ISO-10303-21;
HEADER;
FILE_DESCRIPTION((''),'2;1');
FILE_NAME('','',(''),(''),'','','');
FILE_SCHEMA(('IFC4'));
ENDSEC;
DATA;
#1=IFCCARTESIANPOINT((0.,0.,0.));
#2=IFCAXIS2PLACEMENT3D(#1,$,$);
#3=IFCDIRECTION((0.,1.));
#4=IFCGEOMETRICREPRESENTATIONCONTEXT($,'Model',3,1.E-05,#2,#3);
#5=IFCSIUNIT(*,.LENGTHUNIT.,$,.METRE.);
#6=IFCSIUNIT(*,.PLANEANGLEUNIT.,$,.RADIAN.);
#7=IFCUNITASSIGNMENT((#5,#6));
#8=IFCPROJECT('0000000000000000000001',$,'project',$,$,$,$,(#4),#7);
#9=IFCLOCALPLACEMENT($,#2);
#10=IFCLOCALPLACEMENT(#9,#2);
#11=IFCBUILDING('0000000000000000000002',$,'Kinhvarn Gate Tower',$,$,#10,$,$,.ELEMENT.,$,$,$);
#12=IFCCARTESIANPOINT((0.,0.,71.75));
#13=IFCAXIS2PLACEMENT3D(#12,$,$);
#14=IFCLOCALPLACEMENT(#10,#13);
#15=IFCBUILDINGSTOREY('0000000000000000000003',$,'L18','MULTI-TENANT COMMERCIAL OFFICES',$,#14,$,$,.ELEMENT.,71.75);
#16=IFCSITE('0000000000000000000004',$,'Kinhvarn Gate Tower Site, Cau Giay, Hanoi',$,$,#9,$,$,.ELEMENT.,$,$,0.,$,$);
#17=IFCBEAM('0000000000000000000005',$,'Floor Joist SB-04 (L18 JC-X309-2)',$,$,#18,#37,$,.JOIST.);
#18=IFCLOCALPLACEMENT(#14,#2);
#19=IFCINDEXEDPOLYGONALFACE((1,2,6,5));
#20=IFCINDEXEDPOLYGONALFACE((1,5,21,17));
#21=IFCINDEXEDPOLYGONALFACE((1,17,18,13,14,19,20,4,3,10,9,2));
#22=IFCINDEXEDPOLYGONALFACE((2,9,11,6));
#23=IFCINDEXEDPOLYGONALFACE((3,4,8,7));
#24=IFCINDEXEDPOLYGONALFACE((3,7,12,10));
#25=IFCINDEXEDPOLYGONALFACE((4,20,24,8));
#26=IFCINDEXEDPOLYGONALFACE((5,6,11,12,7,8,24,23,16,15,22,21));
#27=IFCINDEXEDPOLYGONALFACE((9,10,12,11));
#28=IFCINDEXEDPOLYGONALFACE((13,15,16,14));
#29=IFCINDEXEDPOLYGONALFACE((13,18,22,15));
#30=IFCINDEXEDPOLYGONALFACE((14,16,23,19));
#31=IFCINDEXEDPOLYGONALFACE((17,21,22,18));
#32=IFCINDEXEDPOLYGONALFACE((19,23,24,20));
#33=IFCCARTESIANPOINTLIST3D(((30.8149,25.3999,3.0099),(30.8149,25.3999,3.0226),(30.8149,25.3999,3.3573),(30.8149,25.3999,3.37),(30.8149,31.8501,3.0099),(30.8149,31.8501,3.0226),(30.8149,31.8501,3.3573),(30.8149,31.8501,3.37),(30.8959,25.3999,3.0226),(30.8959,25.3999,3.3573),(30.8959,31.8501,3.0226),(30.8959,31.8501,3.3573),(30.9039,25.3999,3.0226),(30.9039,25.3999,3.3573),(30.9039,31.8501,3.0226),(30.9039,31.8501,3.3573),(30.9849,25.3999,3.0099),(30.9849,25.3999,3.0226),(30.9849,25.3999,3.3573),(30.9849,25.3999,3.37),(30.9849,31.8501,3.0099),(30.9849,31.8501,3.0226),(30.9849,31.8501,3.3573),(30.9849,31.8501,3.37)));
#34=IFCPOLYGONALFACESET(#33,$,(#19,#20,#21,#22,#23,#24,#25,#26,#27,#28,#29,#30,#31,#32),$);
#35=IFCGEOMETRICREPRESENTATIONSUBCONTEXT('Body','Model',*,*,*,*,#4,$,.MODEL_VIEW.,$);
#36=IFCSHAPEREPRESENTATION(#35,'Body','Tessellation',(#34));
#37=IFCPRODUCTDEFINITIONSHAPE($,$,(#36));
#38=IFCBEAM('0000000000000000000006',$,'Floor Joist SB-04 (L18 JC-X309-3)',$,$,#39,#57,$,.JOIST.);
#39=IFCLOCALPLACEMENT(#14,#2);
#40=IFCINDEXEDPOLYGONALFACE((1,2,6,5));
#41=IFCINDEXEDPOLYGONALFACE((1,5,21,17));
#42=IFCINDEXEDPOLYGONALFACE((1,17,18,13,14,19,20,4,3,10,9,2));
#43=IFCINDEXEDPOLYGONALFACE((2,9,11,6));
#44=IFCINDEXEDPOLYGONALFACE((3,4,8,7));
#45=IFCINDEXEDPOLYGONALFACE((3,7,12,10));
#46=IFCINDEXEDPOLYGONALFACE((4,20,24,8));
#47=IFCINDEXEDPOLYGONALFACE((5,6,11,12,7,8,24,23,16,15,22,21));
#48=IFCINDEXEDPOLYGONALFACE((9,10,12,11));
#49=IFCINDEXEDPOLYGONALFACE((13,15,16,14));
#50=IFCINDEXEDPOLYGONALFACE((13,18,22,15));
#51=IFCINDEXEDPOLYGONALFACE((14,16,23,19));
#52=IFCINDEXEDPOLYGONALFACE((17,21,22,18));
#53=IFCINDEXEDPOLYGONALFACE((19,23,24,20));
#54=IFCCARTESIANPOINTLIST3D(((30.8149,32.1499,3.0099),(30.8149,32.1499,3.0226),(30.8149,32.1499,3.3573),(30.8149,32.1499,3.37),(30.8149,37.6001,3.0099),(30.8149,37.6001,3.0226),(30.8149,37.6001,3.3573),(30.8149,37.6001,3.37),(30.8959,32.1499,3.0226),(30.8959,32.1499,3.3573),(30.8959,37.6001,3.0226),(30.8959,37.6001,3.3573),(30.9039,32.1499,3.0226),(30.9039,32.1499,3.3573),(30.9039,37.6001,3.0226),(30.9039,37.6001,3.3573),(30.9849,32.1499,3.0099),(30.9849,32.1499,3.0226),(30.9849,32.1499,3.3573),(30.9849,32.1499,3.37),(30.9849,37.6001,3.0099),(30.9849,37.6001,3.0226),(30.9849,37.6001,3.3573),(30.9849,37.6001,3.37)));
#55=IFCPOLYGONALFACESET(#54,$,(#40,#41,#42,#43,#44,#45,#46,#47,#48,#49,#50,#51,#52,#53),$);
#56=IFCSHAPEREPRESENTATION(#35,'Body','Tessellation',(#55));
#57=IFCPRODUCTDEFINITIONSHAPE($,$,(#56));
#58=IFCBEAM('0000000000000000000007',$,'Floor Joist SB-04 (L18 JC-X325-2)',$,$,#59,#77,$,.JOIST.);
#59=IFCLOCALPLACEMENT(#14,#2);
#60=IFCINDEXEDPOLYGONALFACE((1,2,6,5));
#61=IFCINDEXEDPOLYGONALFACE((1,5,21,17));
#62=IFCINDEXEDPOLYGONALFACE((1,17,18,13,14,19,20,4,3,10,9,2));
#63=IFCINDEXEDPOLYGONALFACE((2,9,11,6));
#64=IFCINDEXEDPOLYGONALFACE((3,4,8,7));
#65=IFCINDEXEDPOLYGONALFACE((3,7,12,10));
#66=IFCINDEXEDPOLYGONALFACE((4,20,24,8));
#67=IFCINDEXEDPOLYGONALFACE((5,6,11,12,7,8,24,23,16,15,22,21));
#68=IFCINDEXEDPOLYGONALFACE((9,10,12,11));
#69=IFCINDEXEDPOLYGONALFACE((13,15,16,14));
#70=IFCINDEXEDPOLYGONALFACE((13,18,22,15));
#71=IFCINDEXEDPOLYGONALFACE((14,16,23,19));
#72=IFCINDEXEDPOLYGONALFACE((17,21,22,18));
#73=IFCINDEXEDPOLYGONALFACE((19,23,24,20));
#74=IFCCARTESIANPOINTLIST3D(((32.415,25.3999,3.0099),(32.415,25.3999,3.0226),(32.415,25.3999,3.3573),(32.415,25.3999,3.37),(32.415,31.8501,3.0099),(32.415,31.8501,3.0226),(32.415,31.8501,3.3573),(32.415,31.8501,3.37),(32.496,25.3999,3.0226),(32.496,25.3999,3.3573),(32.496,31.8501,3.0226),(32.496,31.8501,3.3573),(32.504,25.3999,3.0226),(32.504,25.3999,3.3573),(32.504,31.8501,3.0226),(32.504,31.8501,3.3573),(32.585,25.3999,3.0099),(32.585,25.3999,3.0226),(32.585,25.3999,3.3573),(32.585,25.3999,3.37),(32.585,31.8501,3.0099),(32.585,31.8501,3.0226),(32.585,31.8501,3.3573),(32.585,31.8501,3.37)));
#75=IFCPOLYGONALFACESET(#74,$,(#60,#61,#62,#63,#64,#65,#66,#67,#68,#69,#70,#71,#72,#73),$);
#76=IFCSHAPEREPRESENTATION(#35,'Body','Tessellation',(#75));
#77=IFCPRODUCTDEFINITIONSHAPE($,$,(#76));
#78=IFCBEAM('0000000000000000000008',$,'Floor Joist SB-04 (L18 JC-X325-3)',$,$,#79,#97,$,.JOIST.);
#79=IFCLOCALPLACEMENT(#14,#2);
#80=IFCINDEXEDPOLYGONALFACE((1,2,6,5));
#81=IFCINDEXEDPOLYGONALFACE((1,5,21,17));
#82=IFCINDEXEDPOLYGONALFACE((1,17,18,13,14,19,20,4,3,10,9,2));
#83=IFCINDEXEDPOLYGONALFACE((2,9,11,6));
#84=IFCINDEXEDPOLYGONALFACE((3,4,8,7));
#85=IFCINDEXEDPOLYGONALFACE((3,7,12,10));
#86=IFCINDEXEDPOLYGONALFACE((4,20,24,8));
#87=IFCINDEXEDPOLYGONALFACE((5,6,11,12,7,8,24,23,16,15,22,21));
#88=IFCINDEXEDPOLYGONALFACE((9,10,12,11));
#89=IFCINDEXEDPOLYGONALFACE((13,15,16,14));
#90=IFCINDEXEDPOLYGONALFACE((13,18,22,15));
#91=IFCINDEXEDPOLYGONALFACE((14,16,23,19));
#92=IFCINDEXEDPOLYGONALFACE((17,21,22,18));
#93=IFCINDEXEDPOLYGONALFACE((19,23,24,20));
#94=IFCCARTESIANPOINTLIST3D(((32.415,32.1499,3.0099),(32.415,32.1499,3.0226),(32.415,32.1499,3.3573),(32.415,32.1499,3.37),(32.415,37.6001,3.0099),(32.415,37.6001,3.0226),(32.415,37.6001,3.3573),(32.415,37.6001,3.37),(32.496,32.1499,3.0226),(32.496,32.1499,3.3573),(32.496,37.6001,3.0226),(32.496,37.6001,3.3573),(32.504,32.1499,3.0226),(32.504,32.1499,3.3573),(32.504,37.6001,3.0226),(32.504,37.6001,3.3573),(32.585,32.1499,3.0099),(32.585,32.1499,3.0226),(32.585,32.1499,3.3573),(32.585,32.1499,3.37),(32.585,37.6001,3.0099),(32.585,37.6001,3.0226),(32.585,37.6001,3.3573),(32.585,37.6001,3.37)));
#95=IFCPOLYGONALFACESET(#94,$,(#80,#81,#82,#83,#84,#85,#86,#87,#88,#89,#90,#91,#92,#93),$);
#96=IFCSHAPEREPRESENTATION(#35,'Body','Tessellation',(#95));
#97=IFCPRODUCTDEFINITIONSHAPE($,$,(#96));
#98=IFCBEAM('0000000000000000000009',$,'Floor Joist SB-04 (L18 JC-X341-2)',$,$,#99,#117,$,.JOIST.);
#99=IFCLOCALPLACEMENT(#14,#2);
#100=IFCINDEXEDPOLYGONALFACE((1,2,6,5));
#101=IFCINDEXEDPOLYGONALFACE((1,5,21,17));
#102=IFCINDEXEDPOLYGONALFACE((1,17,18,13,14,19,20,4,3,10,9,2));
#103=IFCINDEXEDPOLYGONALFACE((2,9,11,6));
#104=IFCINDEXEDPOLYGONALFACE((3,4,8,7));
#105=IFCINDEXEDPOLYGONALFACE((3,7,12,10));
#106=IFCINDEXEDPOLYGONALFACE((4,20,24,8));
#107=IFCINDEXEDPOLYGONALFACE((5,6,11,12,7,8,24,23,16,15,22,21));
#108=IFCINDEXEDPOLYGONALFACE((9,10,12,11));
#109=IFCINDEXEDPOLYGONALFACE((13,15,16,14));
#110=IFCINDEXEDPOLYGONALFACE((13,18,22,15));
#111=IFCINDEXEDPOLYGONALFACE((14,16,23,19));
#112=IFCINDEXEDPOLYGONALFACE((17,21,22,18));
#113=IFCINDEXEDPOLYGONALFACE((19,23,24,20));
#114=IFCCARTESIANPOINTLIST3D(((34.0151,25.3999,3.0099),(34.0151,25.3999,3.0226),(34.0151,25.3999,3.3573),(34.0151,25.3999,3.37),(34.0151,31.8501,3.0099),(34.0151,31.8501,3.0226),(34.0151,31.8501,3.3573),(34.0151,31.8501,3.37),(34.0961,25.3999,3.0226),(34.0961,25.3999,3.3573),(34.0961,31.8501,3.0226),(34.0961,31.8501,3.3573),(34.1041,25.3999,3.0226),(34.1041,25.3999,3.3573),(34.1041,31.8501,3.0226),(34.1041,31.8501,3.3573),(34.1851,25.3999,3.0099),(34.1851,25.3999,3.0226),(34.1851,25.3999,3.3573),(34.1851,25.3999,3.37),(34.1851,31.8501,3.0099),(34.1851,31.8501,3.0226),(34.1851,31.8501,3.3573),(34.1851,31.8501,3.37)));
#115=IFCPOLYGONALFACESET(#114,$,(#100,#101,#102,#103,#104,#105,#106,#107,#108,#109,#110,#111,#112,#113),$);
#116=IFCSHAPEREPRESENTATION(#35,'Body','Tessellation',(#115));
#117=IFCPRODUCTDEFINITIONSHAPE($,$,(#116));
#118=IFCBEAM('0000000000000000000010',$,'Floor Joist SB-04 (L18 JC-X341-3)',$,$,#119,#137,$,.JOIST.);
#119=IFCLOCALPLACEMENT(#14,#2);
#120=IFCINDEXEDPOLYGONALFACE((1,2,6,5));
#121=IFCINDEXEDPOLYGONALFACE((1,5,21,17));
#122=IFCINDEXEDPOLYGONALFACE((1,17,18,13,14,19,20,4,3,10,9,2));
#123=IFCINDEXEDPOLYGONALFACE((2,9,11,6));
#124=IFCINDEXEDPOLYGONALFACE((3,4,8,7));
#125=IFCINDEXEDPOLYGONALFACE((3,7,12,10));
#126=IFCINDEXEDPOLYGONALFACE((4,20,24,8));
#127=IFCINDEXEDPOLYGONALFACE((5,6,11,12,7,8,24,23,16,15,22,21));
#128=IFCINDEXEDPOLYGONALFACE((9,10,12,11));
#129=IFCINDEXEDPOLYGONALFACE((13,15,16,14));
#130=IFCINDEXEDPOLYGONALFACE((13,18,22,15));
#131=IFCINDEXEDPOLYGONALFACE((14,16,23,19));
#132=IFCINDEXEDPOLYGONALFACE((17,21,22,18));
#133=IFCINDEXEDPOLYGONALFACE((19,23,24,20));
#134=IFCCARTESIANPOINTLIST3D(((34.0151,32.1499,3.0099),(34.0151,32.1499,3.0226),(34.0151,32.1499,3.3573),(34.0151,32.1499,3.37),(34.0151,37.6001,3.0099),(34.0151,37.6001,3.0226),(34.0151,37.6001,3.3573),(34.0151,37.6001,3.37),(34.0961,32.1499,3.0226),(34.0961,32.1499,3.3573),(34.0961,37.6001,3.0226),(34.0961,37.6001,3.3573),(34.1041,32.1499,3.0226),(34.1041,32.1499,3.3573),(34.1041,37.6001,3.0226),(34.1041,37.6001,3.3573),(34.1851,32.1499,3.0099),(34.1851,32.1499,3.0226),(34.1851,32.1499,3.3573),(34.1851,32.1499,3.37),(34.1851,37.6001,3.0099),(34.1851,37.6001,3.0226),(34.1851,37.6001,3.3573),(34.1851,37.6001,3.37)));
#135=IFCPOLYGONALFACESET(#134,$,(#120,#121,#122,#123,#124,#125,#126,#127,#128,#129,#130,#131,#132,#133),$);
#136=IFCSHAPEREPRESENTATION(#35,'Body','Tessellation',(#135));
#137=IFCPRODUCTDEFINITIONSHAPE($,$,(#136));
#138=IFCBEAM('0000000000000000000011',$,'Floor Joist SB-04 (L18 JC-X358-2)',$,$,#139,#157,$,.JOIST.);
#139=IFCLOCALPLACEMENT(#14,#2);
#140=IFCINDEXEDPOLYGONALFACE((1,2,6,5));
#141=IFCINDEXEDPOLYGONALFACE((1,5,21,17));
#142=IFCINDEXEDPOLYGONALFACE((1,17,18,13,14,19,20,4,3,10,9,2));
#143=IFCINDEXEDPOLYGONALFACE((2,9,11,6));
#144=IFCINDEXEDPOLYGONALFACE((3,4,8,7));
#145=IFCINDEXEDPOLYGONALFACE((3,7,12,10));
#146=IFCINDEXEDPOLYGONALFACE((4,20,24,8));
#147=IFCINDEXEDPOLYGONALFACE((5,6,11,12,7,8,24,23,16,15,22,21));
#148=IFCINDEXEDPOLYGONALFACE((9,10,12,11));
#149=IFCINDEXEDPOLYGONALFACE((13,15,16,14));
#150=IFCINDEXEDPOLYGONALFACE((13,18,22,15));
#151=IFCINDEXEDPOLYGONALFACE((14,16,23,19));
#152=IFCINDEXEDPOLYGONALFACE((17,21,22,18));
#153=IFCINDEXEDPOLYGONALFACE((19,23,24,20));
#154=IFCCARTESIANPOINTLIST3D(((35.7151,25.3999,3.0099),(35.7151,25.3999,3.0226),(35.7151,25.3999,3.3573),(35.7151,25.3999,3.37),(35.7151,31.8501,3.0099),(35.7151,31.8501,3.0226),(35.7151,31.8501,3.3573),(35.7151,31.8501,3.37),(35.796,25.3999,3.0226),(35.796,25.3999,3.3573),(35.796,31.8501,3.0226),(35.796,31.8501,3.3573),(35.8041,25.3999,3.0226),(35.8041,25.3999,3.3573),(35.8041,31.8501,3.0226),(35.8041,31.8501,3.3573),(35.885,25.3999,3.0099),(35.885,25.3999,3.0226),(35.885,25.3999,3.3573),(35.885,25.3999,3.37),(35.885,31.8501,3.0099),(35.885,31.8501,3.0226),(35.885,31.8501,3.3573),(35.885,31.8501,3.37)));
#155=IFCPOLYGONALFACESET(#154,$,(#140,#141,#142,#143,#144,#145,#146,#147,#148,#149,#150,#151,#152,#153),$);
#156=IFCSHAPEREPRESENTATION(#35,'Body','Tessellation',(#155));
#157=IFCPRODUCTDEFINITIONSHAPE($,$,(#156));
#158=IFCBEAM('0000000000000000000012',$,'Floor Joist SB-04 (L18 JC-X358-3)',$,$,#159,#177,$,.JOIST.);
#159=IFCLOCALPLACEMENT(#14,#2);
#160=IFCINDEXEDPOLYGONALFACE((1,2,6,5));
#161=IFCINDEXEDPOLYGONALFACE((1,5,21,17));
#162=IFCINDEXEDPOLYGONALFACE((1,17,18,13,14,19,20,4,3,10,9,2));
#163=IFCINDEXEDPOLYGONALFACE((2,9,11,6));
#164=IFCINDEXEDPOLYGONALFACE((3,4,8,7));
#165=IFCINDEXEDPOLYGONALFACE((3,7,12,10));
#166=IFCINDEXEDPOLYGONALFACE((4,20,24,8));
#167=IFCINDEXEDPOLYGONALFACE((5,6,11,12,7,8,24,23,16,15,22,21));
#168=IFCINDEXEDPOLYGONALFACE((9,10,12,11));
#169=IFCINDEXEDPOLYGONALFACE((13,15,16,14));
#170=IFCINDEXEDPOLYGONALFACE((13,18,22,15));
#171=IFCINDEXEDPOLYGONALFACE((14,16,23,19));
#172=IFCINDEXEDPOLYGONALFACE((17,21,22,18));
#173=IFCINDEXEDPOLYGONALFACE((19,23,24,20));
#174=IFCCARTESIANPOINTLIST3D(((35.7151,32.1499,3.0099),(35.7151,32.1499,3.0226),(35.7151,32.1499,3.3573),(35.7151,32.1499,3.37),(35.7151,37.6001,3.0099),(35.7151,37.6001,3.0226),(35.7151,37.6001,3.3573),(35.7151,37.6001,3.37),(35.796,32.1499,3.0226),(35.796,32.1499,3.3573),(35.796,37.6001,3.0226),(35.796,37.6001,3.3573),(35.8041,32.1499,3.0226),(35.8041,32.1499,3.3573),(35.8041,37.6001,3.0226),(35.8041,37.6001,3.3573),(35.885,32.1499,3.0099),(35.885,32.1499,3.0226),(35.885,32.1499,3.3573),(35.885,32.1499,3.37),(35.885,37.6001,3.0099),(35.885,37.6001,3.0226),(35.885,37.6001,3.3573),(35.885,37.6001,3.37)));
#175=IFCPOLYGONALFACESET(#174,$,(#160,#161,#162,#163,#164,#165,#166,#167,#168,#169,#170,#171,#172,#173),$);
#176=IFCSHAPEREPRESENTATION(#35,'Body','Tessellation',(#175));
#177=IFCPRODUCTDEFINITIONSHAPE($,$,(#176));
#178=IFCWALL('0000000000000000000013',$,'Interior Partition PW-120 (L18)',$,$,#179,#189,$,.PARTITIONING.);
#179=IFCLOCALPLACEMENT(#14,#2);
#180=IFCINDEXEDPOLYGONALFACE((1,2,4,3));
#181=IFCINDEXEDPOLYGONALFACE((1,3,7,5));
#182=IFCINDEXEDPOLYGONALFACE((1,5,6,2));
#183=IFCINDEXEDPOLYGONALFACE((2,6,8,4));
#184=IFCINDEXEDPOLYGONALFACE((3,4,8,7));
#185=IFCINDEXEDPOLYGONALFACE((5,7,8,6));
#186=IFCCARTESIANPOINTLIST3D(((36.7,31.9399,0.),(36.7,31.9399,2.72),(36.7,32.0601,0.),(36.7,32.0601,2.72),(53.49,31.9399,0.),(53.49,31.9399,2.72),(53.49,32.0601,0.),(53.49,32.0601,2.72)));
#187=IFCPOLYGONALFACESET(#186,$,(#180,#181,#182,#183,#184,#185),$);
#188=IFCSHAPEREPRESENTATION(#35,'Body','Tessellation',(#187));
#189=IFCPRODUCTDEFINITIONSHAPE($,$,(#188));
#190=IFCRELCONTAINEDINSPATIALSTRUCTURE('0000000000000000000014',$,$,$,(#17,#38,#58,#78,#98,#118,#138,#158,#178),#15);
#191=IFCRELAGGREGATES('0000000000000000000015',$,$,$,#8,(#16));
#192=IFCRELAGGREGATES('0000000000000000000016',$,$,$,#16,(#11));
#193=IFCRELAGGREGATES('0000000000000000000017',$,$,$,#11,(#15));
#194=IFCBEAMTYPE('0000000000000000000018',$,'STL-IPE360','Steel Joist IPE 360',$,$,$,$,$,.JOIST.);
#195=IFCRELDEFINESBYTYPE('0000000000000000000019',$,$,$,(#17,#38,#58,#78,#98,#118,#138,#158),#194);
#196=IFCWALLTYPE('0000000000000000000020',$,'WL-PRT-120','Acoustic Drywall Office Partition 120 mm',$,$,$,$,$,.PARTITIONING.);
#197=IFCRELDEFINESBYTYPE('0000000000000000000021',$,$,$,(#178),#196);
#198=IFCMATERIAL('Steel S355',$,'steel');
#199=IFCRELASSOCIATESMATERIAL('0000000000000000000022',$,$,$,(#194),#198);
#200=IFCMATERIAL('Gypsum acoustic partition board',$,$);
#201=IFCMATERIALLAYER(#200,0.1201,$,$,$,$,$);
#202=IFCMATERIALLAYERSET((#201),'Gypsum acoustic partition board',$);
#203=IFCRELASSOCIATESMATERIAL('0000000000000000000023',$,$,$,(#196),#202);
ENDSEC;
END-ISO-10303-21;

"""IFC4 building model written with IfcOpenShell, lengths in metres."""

from ifc_helpers import new_model, si_unit, direction, frame, frame_2d, origin, origin_2d, place, context, subcontext, project, spatial, rectangle, i_section, extrude, material, layer, layer_set, material_profile, profile_set, type_object, element, save


model = new_model("IFC4")

# Units and contexts
model_context = context("Model", 3, precision=1e-05, world=origin(), true_north=direction((0.0, 1.0)))
body_context = subcontext(model_context, "Body", "Model", "MODEL_VIEW")
ifc_project = project(units=[si_unit("LENGTHUNIT", "METRE"), si_unit("PLANEANGLEUNIT", "RADIAN")], contexts=[model_context])

# Site, building, storey
site_placement = place(None, origin())
site = spatial("IfcSite", under=ifc_project, at=site_placement, Name="Kinhvarn Gate Tower Site, Cau Giay, Hanoi", CompositionType="ELEMENT", RefElevation=0.0)
building_placement = place(site_placement, origin())
building = spatial("IfcBuilding", under=site, at=building_placement, Name="Kinhvarn Gate Tower", CompositionType="ELEMENT")
storey_placement = place(building_placement, frame((0.0, 0.0, 71.75)))
storey = spatial("IfcBuildingStorey", under=building, at=storey_placement, Name="L18", Description="MULTI-TENANT COMMERCIAL OFFICES", CompositionType="ELEMENT", Elevation=71.75)

# Beams
ifc_material_1 = material(Name="Steel S355", Category="steel")
ifc_material_profile = material_profile(ifc_material_1, i_section(OverallWidth=0.1699, OverallDepth=0.3601, WebThickness=0.0081, FlangeThickness=0.0127, at=origin_2d()), Name="IPE 360")
ifc_profile_set = profile_set([ifc_material_profile], Name="Steel S355")
beam_type = type_object("IfcBeamType", Name="STL-IPE360", Description="Steel Joist IPE 360", PredefinedType="JOIST", material=ifc_profile_set)
beam_1_placement = place(storey_placement, frame((30.8999, 25.3999, 3.1899), z_axis=(0.0, 1.0, 0.0), x_axis=(-1.0, 0.0, 0.0)))
element("IfcBeam", 1, at=beam_1_placement, inside=storey, type_object=beam_type, Name="Floor Joist SB-04 (L18 JC-X309-2)", PredefinedType="JOIST", context=body_context, shape_type="SweptSolid", body=[
    extrude(i_section(OverallWidth=0.1699, OverallDepth=0.3601, WebThickness=0.0081, FlangeThickness=0.0127, at=origin_2d()), origin(), (0.0, 0.0, 1.0), 6.4502),
])
beam_2_placement = place(storey_placement, frame((30.8999, 32.1499, 3.1899), z_axis=(0.0, 1.0, 0.0), x_axis=(-1.0, 0.0, 0.0)))
element("IfcBeam", 2, at=beam_2_placement, inside=storey, type_object=beam_type, Name="Floor Joist SB-04 (L18 JC-X309-3)", PredefinedType="JOIST", context=body_context, shape_type="SweptSolid", body=[
    extrude(i_section(OverallWidth=0.1699, OverallDepth=0.3601, WebThickness=0.0081, FlangeThickness=0.0127, at=origin_2d()), origin(), (0.0, 0.0, 1.0), 5.4502),
])
beam_3_placement = place(storey_placement, frame((32.5, 25.3999, 3.1899), z_axis=(0.0, 1.0, 0.0), x_axis=(-1.0, 0.0, 0.0)))
element("IfcBeam", 3, at=beam_3_placement, inside=storey, type_object=beam_type, Name="Floor Joist SB-04 (L18 JC-X325-2)", PredefinedType="JOIST", context=body_context, shape_type="SweptSolid", body=[
    extrude(i_section(OverallWidth=0.1699, OverallDepth=0.3601, WebThickness=0.0081, FlangeThickness=0.0127, at=origin_2d()), origin(), (0.0, 0.0, 1.0), 6.4502),
])
beam_4_placement = place(storey_placement, frame((32.5, 32.1499, 3.1899), z_axis=(0.0, 1.0, 0.0), x_axis=(-1.0, 0.0, 0.0)))
element("IfcBeam", 4, at=beam_4_placement, inside=storey, type_object=beam_type, Name="Floor Joist SB-04 (L18 JC-X325-3)", PredefinedType="JOIST", context=body_context, shape_type="SweptSolid", body=[
    extrude(i_section(OverallWidth=0.1699, OverallDepth=0.3601, WebThickness=0.0081, FlangeThickness=0.0127, at=origin_2d()), origin(), (0.0, 0.0, 1.0), 5.4502),
])
beam_5_placement = place(storey_placement, frame((34.1001, 25.3999, 3.1899), z_axis=(0.0, 1.0, 0.0), x_axis=(-1.0, 0.0, 0.0)))
element("IfcBeam", 5, at=beam_5_placement, inside=storey, type_object=beam_type, Name="Floor Joist SB-04 (L18 JC-X341-2)", PredefinedType="JOIST", context=body_context, shape_type="SweptSolid", body=[
    extrude(i_section(OverallWidth=0.1699, OverallDepth=0.3601, WebThickness=0.0081, FlangeThickness=0.0127, at=origin_2d()), origin(), (0.0, 0.0, 1.0), 6.4502),
])
beam_6_placement = place(storey_placement, frame((34.1001, 32.1499, 3.1899), z_axis=(0.0, 1.0, 0.0), x_axis=(-1.0, 0.0, 0.0)))
element("IfcBeam", 6, at=beam_6_placement, inside=storey, type_object=beam_type, Name="Floor Joist SB-04 (L18 JC-X341-3)", PredefinedType="JOIST", context=body_context, shape_type="SweptSolid", body=[
    extrude(i_section(OverallWidth=0.1699, OverallDepth=0.3601, WebThickness=0.0081, FlangeThickness=0.0127, at=origin_2d()), origin(), (0.0, 0.0, 1.0), 5.4502),
])
beam_7_placement = place(storey_placement, frame((35.8, 25.3999, 3.1899), z_axis=(0.0, 1.0, 0.0), x_axis=(-1.0, 0.0, 0.0)))
element("IfcBeam", 7, at=beam_7_placement, inside=storey, type_object=beam_type, Name="Floor Joist SB-04 (L18 JC-X358-2)", PredefinedType="JOIST", context=body_context, shape_type="SweptSolid", body=[
    extrude(i_section(OverallWidth=0.1699, OverallDepth=0.3601, WebThickness=0.0081, FlangeThickness=0.0127, at=origin_2d()), origin(), (0.0, 0.0, 1.0), 6.4502),
])
beam_8_placement = place(storey_placement, frame((35.8, 32.1499, 3.1899), z_axis=(0.0, 1.0, 0.0), x_axis=(-1.0, 0.0, 0.0)))
element("IfcBeam", 8, at=beam_8_placement, inside=storey, type_object=beam_type, Name="Floor Joist SB-04 (L18 JC-X358-3)", PredefinedType="JOIST", context=body_context, shape_type="SweptSolid", body=[
    extrude(i_section(OverallWidth=0.1699, OverallDepth=0.3601, WebThickness=0.0081, FlangeThickness=0.0127, at=origin_2d()), origin(), (0.0, 0.0, 1.0), 5.4502),
])

# Wall
ifc_material_2 = material(Name="Gypsum acoustic partition board")
ifc_layer_1 = layer(ifc_material_2, 0.1201)
ifc_layer_set_1 = layer_set([ifc_layer_1], Name="Gypsum acoustic partition board")
wall_type_1 = type_object("IfcWallType", Name="WL-PRT-120", Description="Acoustic Drywall Office Partition 120 mm", PredefinedType="PARTITIONING", material=ifc_layer_set_1)
wall_1_placement = place(storey_placement, frame((36.7, 32.0, 0.0), z_axis=(0.0, 0.0, 1.0), x_axis=(1.0, 0.0, 0.0)))
element("IfcWall", 9, at=wall_1_placement, inside=storey, type_object=wall_type_1, Name="Interior Partition PW-120 (L18)", PredefinedType="PARTITIONING", context=body_context, shape_type="SweptSolid", body=[
    extrude(rectangle(XDim=16.79, YDim=0.1201, at=frame_2d((8.395, 0.0))), origin(), (0.0, 0.0, 1.0), 2.72),
])

save(model, "model.ifc")
